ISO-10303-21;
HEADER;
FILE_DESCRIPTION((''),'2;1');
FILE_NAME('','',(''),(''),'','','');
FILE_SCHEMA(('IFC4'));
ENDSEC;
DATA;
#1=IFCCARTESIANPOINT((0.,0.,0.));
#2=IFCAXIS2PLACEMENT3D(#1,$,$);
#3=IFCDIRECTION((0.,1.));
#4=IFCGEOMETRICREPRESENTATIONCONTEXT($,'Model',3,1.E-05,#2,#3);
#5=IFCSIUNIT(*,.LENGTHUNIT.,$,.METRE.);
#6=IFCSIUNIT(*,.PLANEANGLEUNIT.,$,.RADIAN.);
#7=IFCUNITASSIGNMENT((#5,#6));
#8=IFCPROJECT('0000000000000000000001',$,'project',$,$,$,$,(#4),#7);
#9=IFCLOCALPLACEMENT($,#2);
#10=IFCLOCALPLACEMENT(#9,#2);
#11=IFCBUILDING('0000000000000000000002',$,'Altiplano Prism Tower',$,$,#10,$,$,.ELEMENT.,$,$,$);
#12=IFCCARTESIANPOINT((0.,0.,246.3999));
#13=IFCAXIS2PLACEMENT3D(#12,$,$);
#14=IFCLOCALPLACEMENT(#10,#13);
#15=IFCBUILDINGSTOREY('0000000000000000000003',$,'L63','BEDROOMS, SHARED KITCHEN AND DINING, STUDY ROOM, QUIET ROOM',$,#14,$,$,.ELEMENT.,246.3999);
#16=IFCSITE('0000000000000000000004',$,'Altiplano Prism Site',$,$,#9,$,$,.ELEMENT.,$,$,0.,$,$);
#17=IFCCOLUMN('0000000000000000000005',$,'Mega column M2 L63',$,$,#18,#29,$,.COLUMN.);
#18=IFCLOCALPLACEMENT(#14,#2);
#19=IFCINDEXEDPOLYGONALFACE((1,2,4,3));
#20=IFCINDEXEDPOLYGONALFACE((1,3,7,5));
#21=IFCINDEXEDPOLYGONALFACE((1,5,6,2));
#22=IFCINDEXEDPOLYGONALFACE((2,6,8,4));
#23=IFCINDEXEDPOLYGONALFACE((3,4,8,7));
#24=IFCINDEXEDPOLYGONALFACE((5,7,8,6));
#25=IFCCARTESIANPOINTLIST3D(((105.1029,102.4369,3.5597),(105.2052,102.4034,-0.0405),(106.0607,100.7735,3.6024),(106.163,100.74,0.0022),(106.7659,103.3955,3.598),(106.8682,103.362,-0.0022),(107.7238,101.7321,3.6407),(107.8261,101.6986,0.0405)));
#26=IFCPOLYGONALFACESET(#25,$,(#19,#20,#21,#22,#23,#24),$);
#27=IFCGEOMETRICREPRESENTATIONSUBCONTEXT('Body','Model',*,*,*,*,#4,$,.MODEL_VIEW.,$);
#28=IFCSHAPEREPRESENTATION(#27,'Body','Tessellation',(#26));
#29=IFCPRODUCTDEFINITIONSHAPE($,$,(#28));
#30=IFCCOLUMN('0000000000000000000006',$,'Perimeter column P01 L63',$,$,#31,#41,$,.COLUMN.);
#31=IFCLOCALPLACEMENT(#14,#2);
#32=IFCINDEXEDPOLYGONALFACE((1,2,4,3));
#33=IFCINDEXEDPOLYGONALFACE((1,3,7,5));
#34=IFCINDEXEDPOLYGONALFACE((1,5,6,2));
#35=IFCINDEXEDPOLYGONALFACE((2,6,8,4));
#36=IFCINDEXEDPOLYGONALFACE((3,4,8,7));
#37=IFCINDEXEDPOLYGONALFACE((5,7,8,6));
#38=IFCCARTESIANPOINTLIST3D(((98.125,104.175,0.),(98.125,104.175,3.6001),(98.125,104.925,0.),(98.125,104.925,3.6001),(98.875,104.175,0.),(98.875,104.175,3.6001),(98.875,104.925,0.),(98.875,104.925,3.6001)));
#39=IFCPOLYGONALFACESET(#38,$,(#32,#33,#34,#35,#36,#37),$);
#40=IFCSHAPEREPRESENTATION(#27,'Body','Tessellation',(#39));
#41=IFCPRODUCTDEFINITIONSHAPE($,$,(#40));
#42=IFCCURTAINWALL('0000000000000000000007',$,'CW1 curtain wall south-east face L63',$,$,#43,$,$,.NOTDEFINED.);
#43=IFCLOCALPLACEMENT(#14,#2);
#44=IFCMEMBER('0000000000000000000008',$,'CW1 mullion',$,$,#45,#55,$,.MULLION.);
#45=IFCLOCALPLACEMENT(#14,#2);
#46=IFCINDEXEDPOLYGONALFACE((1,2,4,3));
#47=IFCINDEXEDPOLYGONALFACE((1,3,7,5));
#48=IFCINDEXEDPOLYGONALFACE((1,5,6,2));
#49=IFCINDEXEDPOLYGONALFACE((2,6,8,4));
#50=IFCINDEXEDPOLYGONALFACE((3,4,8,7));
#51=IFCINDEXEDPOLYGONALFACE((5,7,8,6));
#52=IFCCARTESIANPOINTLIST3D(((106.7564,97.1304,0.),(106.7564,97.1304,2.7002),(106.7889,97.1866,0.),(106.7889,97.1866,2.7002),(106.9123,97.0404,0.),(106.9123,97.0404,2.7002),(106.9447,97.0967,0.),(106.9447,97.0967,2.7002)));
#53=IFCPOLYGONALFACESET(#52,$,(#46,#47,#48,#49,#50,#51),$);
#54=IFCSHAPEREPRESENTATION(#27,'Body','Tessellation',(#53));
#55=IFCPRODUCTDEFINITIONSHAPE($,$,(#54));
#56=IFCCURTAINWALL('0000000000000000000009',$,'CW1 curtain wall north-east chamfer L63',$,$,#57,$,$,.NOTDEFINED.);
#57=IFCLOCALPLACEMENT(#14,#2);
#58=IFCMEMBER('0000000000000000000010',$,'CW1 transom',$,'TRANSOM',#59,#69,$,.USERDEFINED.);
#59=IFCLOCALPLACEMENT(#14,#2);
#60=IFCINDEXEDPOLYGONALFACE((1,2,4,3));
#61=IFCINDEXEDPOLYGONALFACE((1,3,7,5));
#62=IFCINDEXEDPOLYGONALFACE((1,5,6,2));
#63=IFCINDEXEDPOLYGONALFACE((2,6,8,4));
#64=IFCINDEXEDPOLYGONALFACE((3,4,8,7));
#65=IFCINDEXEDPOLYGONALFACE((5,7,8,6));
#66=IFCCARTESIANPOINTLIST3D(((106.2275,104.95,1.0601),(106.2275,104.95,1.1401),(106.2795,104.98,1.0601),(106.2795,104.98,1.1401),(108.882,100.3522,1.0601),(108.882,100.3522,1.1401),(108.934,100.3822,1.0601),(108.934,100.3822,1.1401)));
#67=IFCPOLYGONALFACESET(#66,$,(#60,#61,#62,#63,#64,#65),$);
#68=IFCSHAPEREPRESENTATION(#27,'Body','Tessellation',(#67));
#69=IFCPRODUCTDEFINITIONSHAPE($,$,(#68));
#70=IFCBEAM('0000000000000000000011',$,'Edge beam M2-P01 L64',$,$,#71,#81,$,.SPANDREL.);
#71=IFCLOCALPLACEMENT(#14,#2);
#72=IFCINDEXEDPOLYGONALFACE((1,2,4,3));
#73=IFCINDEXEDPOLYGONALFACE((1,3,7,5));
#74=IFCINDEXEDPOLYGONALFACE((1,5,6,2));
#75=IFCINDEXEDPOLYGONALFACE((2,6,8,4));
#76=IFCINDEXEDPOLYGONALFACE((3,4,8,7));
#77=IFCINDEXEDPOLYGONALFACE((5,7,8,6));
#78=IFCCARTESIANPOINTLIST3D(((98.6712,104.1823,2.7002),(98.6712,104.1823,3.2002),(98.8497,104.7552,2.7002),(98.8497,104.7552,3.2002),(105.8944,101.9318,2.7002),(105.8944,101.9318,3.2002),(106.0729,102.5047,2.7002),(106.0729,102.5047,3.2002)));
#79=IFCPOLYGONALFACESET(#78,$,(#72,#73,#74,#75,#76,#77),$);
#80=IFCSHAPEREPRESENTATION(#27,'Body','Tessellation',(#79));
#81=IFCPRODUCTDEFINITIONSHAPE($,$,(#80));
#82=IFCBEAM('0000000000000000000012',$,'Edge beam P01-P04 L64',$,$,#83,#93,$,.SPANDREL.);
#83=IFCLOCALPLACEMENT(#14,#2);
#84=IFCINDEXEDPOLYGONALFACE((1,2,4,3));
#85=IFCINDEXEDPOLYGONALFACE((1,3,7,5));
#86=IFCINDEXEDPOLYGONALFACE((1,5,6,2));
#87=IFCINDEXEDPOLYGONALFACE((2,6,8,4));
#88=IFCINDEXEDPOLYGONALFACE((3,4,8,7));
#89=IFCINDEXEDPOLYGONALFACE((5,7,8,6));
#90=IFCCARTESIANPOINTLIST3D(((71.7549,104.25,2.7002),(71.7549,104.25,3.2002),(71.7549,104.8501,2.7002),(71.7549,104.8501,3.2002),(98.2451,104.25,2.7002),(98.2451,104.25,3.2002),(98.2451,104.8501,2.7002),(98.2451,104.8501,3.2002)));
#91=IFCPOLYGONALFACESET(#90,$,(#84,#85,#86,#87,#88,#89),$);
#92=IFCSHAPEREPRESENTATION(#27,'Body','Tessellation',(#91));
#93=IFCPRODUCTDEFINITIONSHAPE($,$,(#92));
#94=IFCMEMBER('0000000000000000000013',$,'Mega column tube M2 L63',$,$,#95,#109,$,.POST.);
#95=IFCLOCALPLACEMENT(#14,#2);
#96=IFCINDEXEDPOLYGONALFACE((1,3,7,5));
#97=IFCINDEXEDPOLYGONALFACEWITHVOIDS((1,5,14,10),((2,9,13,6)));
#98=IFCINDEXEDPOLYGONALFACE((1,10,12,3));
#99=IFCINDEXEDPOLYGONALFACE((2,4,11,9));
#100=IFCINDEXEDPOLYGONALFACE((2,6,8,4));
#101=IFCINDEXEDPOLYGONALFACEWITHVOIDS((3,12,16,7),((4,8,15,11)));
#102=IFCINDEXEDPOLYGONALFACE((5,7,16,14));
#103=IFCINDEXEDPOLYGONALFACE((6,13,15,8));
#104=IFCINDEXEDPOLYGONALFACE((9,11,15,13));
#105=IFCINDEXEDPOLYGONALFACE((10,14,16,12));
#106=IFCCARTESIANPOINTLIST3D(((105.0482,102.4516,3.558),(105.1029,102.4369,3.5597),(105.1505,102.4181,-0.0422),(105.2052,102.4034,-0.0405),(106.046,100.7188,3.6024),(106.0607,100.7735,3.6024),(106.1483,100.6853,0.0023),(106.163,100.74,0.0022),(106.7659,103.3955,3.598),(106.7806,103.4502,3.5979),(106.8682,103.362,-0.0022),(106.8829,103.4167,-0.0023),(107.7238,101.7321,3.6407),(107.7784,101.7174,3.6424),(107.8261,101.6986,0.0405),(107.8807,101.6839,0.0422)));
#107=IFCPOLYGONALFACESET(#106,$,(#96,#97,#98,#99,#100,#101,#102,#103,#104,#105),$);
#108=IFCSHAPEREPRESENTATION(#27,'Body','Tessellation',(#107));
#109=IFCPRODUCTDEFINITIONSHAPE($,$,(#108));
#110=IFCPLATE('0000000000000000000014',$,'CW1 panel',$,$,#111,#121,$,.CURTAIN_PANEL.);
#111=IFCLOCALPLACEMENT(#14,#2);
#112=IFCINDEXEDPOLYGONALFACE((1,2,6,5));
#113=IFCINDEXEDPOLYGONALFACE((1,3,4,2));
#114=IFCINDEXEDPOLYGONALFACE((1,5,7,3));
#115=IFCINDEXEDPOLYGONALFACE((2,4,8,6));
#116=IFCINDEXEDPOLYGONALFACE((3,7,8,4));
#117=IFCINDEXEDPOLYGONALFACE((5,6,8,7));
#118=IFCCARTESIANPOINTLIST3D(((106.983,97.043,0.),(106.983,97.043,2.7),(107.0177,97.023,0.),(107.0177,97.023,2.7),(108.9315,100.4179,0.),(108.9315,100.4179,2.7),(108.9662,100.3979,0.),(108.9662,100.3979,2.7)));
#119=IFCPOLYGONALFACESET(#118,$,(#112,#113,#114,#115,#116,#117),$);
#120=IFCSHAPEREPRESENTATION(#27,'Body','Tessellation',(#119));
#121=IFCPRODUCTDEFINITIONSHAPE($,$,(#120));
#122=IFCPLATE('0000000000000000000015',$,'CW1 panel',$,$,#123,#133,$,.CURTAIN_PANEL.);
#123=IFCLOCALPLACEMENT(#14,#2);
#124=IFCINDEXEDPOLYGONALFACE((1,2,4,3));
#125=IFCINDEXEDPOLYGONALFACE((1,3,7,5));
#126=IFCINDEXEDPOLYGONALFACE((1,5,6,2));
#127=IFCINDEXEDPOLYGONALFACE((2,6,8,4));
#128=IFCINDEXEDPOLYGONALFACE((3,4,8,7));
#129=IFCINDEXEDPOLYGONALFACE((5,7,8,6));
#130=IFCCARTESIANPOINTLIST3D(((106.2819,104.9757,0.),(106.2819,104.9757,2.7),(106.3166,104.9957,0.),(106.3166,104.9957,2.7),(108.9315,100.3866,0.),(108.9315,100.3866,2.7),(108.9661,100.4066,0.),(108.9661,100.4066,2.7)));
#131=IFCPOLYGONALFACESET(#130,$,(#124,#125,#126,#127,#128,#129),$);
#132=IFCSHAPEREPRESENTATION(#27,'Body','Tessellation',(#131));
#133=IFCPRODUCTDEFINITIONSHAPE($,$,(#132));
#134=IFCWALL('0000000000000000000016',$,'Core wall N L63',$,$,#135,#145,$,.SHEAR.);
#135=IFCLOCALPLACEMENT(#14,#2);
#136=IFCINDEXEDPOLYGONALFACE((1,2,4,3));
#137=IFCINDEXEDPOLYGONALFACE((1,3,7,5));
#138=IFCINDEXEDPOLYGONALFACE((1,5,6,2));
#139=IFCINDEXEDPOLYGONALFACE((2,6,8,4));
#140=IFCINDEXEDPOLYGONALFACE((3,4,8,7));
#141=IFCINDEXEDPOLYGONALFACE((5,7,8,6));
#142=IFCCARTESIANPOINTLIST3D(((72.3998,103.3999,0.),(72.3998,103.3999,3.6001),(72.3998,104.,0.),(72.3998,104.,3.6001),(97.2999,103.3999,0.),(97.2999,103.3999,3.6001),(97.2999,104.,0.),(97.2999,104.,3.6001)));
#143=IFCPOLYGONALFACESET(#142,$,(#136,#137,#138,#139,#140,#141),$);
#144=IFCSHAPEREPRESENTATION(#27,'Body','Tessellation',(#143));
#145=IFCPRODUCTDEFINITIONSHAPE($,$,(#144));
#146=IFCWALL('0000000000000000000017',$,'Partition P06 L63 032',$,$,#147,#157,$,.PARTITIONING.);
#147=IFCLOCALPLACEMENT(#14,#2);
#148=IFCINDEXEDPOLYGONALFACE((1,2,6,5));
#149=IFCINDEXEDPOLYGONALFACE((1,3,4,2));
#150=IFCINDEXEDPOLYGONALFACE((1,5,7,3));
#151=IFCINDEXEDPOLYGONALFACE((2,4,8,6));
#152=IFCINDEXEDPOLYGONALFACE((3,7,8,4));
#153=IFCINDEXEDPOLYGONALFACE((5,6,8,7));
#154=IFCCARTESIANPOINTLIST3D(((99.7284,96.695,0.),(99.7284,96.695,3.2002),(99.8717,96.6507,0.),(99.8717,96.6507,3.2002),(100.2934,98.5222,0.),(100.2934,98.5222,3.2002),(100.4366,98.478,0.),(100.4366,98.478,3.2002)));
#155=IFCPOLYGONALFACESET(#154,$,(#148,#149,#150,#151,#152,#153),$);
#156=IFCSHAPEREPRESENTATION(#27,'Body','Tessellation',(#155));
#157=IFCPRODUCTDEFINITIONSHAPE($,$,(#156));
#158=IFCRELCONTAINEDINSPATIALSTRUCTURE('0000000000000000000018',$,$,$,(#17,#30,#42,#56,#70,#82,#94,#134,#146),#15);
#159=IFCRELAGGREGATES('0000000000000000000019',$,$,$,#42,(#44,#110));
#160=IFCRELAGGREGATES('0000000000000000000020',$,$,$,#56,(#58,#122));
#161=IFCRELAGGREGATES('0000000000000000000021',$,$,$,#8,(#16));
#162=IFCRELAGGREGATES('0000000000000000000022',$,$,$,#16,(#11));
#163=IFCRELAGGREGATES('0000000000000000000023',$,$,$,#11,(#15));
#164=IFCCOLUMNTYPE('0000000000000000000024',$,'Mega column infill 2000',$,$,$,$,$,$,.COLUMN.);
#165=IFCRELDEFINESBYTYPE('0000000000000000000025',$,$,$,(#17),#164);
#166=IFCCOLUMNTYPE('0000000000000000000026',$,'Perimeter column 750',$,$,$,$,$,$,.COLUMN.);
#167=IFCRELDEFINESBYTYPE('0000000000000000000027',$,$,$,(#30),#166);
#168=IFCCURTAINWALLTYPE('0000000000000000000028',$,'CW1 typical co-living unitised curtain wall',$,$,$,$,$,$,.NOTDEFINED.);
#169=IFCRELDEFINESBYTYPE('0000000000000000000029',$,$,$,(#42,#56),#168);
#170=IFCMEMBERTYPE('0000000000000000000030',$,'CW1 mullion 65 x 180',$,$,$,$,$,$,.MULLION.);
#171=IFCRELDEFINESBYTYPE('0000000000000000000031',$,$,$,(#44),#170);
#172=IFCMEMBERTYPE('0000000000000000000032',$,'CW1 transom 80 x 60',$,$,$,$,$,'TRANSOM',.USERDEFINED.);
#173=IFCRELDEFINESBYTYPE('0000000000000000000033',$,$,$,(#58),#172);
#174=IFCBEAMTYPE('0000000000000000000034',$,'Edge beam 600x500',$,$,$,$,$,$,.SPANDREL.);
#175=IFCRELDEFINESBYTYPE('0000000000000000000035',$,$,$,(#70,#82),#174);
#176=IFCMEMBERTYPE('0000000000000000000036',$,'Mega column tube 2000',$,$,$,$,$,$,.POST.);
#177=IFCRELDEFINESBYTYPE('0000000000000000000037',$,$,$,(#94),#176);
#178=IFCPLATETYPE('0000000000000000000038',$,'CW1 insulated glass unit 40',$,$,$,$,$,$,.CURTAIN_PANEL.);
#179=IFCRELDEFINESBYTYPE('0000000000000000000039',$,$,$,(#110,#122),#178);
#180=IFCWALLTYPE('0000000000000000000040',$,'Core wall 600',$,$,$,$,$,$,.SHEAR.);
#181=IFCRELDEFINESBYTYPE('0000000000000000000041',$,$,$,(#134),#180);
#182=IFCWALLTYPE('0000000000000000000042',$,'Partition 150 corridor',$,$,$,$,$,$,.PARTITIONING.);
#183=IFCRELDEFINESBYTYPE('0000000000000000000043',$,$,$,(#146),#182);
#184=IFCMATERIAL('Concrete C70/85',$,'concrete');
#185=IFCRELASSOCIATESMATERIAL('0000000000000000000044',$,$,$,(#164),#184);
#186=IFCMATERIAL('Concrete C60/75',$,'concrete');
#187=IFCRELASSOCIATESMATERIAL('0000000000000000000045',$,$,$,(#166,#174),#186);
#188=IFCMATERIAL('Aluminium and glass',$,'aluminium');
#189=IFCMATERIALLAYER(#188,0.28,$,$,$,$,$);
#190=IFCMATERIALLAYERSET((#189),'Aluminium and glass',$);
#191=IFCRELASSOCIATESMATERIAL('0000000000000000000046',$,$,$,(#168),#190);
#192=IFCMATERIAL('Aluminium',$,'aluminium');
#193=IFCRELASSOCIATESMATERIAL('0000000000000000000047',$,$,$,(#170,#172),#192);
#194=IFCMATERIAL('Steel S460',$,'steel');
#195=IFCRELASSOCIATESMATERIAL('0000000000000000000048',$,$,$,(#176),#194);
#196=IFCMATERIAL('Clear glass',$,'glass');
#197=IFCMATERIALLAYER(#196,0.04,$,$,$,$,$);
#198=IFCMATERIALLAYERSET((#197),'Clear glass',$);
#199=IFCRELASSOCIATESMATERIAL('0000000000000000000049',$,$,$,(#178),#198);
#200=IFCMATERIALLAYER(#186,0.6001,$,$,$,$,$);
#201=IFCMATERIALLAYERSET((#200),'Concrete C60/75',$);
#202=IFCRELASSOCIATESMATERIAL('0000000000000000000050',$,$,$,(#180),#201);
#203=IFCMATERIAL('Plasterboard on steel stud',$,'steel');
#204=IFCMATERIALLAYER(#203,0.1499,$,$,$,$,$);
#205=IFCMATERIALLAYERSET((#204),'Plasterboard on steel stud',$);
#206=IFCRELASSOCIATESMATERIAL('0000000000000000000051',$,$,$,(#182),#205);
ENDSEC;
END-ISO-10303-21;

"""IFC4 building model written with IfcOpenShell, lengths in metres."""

from ifc_helpers import new_model, si_unit, direction, frame, frame_2d, origin, origin_2d, place, context, subcontext, project, spatial, rectangle, hollow_rectangle, extrude, material, layer, layer_set, material_profile, profile_set, type_object, element, aggregate, save


model = new_model("IFC4")

# Units and contexts
model_context = context("Model", 3, precision=1e-05, world=origin(), true_north=direction((0.0, 1.0)))
body_context = subcontext(model_context, "Body", "Model", "MODEL_VIEW")
ifc_project = project(units=[si_unit("LENGTHUNIT", "METRE"), si_unit("PLANEANGLEUNIT", "RADIAN")], contexts=[model_context])

# Site, building, storey
site_placement = place(None, origin())
site = spatial("IfcSite", under=ifc_project, at=site_placement, Name="Altiplano Prism Site", CompositionType="ELEMENT", RefElevation=0.0)
building_placement = place(site_placement, origin())
building = spatial("IfcBuilding", under=site, at=building_placement, Name="Altiplano Prism Tower", CompositionType="ELEMENT")
storey_placement = place(building_placement, frame((0.0, 0.0, 246.3999)))
storey = spatial("IfcBuildingStorey", under=building, at=storey_placement, Name="L63", Description="BEDROOMS, SHARED KITCHEN AND DINING, STUDY ROOM, QUIET ROOM", CompositionType="ELEMENT", Elevation=246.3999)

# Columns
ifc_material_1 = material(Name="Concrete C70/85", Category="concrete")
ifc_material_profile_1 = material_profile(ifc_material_1, rectangle(XDim=1.9199, YDim=1.9199, at=origin_2d()), Name="Mega column infill 2000")
ifc_profile_set_1 = profile_set([ifc_material_profile_1], Name="Concrete C70/85")
column_type_1 = type_object("IfcColumnType", Name="Mega column infill 2000", PredefinedType="COLUMN", material=ifc_profile_set_1)
column_1_placement = place(storey_placement, frame((106.5156, 102.051, 0.0), z_axis=(-0.028402, 0.009287, 0.999553), x_axis=(0.498889, -0.866381, 0.022225)))
element("IfcColumn", 1, at=column_1_placement, inside=storey, type_object=column_type_1, Name="Mega column M2 L63", PredefinedType="COLUMN", context=body_context, shape_type="SweptSolid", body=[
    extrude(rectangle(XDim=1.9199, YDim=1.9199, at=origin_2d()), origin(), (0.0, 0.0, 1.0), 3.6018),
])
ifc_material_2 = material(Name="Concrete C60/75", Category="concrete")
ifc_material_profile_2 = material_profile(ifc_material_2, rectangle(XDim=0.75, YDim=0.75, at=origin_2d()), Name="Perimeter column 750")
ifc_profile_set_2 = profile_set([ifc_material_profile_2], Name="Concrete C60/75")
column_type_2 = type_object("IfcColumnType", Name="Perimeter column 750", PredefinedType="COLUMN", material=ifc_profile_set_2)
column_2_placement = place(storey_placement, frame((98.5, 104.55, 0.0), z_axis=(0.0, 0.0, 1.0), x_axis=(1.0, 0.0, 0.0)))
element("IfcColumn", 2, at=column_2_placement, inside=storey, type_object=column_type_2, Name="Perimeter column P01 L63", PredefinedType="COLUMN", context=body_context, shape_type="SweptSolid", body=[
    extrude(rectangle(XDim=0.75, YDim=0.75, at=origin_2d()), origin(), (0.0, 0.0, 1.0), 3.6001),
])

# Curtain walls, members
ifc_material_3 = material(Name="Aluminium and glass", Category="aluminium")
ifc_layer_1 = layer(ifc_material_3, 0.28)
ifc_layer_set_1 = layer_set([ifc_layer_1], Name="Aluminium and glass")
curtain_wall_type = type_object("IfcCurtainWallType", Name="CW1 typical co-living unitised curtain wall", PredefinedType="NOTDEFINED", material=ifc_layer_set_1)
curtain_wall_1_placement = place(storey_placement, origin())
curtain_wall_1 = element("IfcCurtainWall", 3, at=curtain_wall_1_placement, inside=storey, type_object=curtain_wall_type, Name="CW1 curtain wall south-east face L63", PredefinedType="NOTDEFINED")
ifc_material_4 = material(Name="Aluminium", Category="aluminium")
ifc_material_profile_3 = material_profile(ifc_material_4, rectangle(XDim=0.1799, YDim=0.0649, at=origin_2d()), Name="CW1 mullion 65 x 180")
ifc_profile_set_3 = profile_set([ifc_material_profile_3], Name="Aluminium")
member_type_1 = type_object("IfcMemberType", Name="CW1 mullion 65 x 180", PredefinedType="MULLION", material=ifc_profile_set_3)
member_1_placement = place(storey_placement, frame((106.8506, 97.1135, 0.0), z_axis=(0.0, 0.0, 1.0), x_axis=(-0.866025, 0.5, 0.0)))
member_1 = element("IfcMember", 4, at=member_1_placement, type_object=member_type_1, Name="CW1 mullion", PredefinedType="MULLION", context=body_context, shape_type="SweptSolid", body=[
    extrude(rectangle(XDim=0.1799, YDim=0.0649, at=origin_2d()), origin(), (0.0, 0.0, 1.0), 2.7002),
])
curtain_wall_2_placement = place(storey_placement, origin())
curtain_wall_2 = element("IfcCurtainWall", 5, at=curtain_wall_2_placement, inside=storey, type_object=curtain_wall_type, Name="CW1 curtain wall north-east chamfer L63", PredefinedType="NOTDEFINED")
ifc_material_profile_4 = material_profile(ifc_material_4, rectangle(XDim=0.0601, YDim=0.0801, at=origin_2d()), Name="CW1 transom 80 x 60")
ifc_profile_set_4 = profile_set([ifc_material_profile_4], Name="Aluminium")
member_type_2 = type_object("IfcMemberType", Name="CW1 transom 80 x 60", ElementType="TRANSOM", PredefinedType="USERDEFINED", material=ifc_profile_set_4)
member_2_placement = place(storey_placement, frame((108.908, 100.3672, 1.1001), z_axis=(-0.499992, 0.86603, 0.0), x_axis=(-0.86603, -0.499992, 0.0)))
member_2 = element("IfcMember", 6, at=member_2_placement, type_object=member_type_2, Name="CW1 transom", ObjectType="TRANSOM", PredefinedType="USERDEFINED", context=body_context, shape_type="SweptSolid", body=[
    extrude(rectangle(XDim=0.0601, YDim=0.0801, at=origin_2d()), origin(), (0.0, 0.0, 1.0), 5.3091),
])

# Beams
ifc_material_profile_5 = material_profile(ifc_material_2, rectangle(XDim=0.6001, YDim=0.5, at=origin_2d()), Name="Edge beam 600x500")
ifc_profile_set_5 = profile_set([ifc_material_profile_5], Name="Concrete C60/75")
beam_type = type_object("IfcBeamType", Name="Edge beam 600x500", PredefinedType="SPANDREL", material=ifc_profile_set_5)
beam_1_placement = place(storey_placement, frame((105.9836, 102.2183, 2.9502), z_axis=(-0.954733, 0.297463, 0.0), x_axis=(-0.297463, -0.954733, 0.0)))
element("IfcBeam", 7, at=beam_1_placement, inside=storey, type_object=beam_type, Name="Edge beam M2-P01 L64", PredefinedType="SPANDREL", context=body_context, shape_type="SweptSolid", body=[
    extrude(rectangle(XDim=0.6001, YDim=0.5, at=origin_2d()), origin(), (0.0, 0.0, 1.0), 7.5657),
])
beam_2_placement = place(storey_placement, frame((98.2451, 104.55, 2.9502), z_axis=(-1.0, 0.0, 0.0), x_axis=(0.0, -1.0, 0.0)))
element("IfcBeam", 8, at=beam_2_placement, inside=storey, type_object=beam_type, Name="Edge beam P01-P04 L64", PredefinedType="SPANDREL", context=body_context, shape_type="SweptSolid", body=[
    extrude(rectangle(XDim=0.6001, YDim=0.5, at=origin_2d()), origin(), (0.0, 0.0, 1.0), 26.4902),
])

# Member
ifc_material_5 = material(Name="Steel S460", Category="steel")
ifc_material_profile_6 = material_profile(ifc_material_5, hollow_rectangle(XDim=2.0, YDim=2.0, WallThickness=0.04, at=origin_2d()), Name="Mega column tube 2000")
ifc_profile_set_6 = profile_set([ifc_material_profile_6], Name="Steel S460")
member_type_3 = type_object("IfcMemberType", Name="Mega column tube 2000", PredefinedType="POST", material=ifc_profile_set_6)
member_3_placement = place(storey_placement, frame((106.5156, 102.051, 0.0), z_axis=(-0.028402, 0.009287, 0.999553), x_axis=(0.498889, -0.866381, 0.022225)))
element("IfcMember", 9, at=member_3_placement, inside=storey, type_object=member_type_3, Name="Mega column tube M2 L63", PredefinedType="POST", context=body_context, shape_type="SweptSolid", body=[
    extrude(hollow_rectangle(XDim=2.0, YDim=2.0, WallThickness=0.04, at=origin_2d()), origin(), (0.0, 0.0, 1.0), 3.6018),
])

# Plates
ifc_material_6 = material(Name="Clear glass", Category="glass")
ifc_layer_2 = layer(ifc_material_6, 0.04)
ifc_layer_set_2 = layer_set([ifc_layer_2], Name="Clear glass")
plate_type = type_object("IfcPlateType", Name="CW1 insulated glass unit 40", PredefinedType="CURTAIN_PANEL", material=ifc_layer_set_2)
plate_1_placement = place(storey_placement, frame((107.9746, 98.7205, 0.0), z_axis=(0.0, 0.0, 1.0), x_axis=(0.5, 0.866025, 0.0)))
plate_1 = element("IfcPlate", 10, at=plate_1_placement, type_object=plate_type, Name="CW1 panel", PredefinedType="CURTAIN_PANEL", context=body_context, shape_type="SweptSolid", body=[
    extrude(rectangle(XDim=3.897, YDim=0.04, at=origin_2d()), origin(), (0.0, 0.0, 1.0), 2.7),
])
aggregate(curtain_wall_1, [member_1, plate_1])
plate_2_placement = place(storey_placement, frame((107.624, 102.6912, 0.0), z_axis=(0.0, 0.0, 1.0), x_axis=(-0.5, 0.866025, 0.0)))
plate_2 = element("IfcPlate", 11, at=plate_2_placement, type_object=plate_type, Name="CW1 panel", PredefinedType="CURTAIN_PANEL", context=body_context, shape_type="SweptSolid", body=[
    extrude(rectangle(XDim=5.2991, YDim=0.04, at=origin_2d()), origin(), (0.0, 0.0, 1.0), 2.7),
])
aggregate(curtain_wall_2, [member_2, plate_2])

# Walls
ifc_layer_3 = layer(ifc_material_2, 0.6001)
ifc_layer_set_3 = layer_set([ifc_layer_3], Name="Concrete C60/75")
wall_type_1 = type_object("IfcWallType", Name="Core wall 600", PredefinedType="SHEAR", material=ifc_layer_set_3)
wall_1_placement = place(storey_placement, frame((97.3, 103.7, 0.0), z_axis=(0.0, 0.0, 1.0), x_axis=(-1.0, 0.0, 0.0)))
element("IfcWall", 12, at=wall_1_placement, inside=storey, type_object=wall_type_1, Name="Core wall N L63", PredefinedType="SHEAR", context=body_context, shape_type="SweptSolid", body=[
    extrude(rectangle(XDim=24.9001, YDim=0.6001, at=frame_2d((12.4502, 0.0))), origin(), (0.0, 0.0, 1.0), 3.6001),
])
ifc_material_7 = material(Name="Plasterboard on steel stud", Category="steel")
ifc_layer_4 = layer(ifc_material_7, 0.1499)
ifc_layer_set_4 = layer_set([ifc_layer_4], Name="Plasterboard on steel stud")
wall_type_2 = type_object("IfcWallType", Name="Partition 150 corridor", PredefinedType="PARTITIONING", material=ifc_layer_set_4)
wall_2_placement = place(storey_placement, frame((99.8, 96.6729, 0.0), z_axis=(0.0, 0.0, 1.0), x_axis=(0.295395, 0.955375, 0.0)))
element("IfcWall", 13, at=wall_2_placement, inside=storey, type_object=wall_type_2, Name="Partition P06 L63 032", PredefinedType="PARTITIONING", context=body_context, shape_type="SweptSolid", body=[
    extrude(rectangle(XDim=1.9126, YDim=0.1499, at=frame_2d((0.9563, 0.0))), origin(), (0.0, 0.0, 1.0), 3.2002),
])

save(model, "model.ifc")
